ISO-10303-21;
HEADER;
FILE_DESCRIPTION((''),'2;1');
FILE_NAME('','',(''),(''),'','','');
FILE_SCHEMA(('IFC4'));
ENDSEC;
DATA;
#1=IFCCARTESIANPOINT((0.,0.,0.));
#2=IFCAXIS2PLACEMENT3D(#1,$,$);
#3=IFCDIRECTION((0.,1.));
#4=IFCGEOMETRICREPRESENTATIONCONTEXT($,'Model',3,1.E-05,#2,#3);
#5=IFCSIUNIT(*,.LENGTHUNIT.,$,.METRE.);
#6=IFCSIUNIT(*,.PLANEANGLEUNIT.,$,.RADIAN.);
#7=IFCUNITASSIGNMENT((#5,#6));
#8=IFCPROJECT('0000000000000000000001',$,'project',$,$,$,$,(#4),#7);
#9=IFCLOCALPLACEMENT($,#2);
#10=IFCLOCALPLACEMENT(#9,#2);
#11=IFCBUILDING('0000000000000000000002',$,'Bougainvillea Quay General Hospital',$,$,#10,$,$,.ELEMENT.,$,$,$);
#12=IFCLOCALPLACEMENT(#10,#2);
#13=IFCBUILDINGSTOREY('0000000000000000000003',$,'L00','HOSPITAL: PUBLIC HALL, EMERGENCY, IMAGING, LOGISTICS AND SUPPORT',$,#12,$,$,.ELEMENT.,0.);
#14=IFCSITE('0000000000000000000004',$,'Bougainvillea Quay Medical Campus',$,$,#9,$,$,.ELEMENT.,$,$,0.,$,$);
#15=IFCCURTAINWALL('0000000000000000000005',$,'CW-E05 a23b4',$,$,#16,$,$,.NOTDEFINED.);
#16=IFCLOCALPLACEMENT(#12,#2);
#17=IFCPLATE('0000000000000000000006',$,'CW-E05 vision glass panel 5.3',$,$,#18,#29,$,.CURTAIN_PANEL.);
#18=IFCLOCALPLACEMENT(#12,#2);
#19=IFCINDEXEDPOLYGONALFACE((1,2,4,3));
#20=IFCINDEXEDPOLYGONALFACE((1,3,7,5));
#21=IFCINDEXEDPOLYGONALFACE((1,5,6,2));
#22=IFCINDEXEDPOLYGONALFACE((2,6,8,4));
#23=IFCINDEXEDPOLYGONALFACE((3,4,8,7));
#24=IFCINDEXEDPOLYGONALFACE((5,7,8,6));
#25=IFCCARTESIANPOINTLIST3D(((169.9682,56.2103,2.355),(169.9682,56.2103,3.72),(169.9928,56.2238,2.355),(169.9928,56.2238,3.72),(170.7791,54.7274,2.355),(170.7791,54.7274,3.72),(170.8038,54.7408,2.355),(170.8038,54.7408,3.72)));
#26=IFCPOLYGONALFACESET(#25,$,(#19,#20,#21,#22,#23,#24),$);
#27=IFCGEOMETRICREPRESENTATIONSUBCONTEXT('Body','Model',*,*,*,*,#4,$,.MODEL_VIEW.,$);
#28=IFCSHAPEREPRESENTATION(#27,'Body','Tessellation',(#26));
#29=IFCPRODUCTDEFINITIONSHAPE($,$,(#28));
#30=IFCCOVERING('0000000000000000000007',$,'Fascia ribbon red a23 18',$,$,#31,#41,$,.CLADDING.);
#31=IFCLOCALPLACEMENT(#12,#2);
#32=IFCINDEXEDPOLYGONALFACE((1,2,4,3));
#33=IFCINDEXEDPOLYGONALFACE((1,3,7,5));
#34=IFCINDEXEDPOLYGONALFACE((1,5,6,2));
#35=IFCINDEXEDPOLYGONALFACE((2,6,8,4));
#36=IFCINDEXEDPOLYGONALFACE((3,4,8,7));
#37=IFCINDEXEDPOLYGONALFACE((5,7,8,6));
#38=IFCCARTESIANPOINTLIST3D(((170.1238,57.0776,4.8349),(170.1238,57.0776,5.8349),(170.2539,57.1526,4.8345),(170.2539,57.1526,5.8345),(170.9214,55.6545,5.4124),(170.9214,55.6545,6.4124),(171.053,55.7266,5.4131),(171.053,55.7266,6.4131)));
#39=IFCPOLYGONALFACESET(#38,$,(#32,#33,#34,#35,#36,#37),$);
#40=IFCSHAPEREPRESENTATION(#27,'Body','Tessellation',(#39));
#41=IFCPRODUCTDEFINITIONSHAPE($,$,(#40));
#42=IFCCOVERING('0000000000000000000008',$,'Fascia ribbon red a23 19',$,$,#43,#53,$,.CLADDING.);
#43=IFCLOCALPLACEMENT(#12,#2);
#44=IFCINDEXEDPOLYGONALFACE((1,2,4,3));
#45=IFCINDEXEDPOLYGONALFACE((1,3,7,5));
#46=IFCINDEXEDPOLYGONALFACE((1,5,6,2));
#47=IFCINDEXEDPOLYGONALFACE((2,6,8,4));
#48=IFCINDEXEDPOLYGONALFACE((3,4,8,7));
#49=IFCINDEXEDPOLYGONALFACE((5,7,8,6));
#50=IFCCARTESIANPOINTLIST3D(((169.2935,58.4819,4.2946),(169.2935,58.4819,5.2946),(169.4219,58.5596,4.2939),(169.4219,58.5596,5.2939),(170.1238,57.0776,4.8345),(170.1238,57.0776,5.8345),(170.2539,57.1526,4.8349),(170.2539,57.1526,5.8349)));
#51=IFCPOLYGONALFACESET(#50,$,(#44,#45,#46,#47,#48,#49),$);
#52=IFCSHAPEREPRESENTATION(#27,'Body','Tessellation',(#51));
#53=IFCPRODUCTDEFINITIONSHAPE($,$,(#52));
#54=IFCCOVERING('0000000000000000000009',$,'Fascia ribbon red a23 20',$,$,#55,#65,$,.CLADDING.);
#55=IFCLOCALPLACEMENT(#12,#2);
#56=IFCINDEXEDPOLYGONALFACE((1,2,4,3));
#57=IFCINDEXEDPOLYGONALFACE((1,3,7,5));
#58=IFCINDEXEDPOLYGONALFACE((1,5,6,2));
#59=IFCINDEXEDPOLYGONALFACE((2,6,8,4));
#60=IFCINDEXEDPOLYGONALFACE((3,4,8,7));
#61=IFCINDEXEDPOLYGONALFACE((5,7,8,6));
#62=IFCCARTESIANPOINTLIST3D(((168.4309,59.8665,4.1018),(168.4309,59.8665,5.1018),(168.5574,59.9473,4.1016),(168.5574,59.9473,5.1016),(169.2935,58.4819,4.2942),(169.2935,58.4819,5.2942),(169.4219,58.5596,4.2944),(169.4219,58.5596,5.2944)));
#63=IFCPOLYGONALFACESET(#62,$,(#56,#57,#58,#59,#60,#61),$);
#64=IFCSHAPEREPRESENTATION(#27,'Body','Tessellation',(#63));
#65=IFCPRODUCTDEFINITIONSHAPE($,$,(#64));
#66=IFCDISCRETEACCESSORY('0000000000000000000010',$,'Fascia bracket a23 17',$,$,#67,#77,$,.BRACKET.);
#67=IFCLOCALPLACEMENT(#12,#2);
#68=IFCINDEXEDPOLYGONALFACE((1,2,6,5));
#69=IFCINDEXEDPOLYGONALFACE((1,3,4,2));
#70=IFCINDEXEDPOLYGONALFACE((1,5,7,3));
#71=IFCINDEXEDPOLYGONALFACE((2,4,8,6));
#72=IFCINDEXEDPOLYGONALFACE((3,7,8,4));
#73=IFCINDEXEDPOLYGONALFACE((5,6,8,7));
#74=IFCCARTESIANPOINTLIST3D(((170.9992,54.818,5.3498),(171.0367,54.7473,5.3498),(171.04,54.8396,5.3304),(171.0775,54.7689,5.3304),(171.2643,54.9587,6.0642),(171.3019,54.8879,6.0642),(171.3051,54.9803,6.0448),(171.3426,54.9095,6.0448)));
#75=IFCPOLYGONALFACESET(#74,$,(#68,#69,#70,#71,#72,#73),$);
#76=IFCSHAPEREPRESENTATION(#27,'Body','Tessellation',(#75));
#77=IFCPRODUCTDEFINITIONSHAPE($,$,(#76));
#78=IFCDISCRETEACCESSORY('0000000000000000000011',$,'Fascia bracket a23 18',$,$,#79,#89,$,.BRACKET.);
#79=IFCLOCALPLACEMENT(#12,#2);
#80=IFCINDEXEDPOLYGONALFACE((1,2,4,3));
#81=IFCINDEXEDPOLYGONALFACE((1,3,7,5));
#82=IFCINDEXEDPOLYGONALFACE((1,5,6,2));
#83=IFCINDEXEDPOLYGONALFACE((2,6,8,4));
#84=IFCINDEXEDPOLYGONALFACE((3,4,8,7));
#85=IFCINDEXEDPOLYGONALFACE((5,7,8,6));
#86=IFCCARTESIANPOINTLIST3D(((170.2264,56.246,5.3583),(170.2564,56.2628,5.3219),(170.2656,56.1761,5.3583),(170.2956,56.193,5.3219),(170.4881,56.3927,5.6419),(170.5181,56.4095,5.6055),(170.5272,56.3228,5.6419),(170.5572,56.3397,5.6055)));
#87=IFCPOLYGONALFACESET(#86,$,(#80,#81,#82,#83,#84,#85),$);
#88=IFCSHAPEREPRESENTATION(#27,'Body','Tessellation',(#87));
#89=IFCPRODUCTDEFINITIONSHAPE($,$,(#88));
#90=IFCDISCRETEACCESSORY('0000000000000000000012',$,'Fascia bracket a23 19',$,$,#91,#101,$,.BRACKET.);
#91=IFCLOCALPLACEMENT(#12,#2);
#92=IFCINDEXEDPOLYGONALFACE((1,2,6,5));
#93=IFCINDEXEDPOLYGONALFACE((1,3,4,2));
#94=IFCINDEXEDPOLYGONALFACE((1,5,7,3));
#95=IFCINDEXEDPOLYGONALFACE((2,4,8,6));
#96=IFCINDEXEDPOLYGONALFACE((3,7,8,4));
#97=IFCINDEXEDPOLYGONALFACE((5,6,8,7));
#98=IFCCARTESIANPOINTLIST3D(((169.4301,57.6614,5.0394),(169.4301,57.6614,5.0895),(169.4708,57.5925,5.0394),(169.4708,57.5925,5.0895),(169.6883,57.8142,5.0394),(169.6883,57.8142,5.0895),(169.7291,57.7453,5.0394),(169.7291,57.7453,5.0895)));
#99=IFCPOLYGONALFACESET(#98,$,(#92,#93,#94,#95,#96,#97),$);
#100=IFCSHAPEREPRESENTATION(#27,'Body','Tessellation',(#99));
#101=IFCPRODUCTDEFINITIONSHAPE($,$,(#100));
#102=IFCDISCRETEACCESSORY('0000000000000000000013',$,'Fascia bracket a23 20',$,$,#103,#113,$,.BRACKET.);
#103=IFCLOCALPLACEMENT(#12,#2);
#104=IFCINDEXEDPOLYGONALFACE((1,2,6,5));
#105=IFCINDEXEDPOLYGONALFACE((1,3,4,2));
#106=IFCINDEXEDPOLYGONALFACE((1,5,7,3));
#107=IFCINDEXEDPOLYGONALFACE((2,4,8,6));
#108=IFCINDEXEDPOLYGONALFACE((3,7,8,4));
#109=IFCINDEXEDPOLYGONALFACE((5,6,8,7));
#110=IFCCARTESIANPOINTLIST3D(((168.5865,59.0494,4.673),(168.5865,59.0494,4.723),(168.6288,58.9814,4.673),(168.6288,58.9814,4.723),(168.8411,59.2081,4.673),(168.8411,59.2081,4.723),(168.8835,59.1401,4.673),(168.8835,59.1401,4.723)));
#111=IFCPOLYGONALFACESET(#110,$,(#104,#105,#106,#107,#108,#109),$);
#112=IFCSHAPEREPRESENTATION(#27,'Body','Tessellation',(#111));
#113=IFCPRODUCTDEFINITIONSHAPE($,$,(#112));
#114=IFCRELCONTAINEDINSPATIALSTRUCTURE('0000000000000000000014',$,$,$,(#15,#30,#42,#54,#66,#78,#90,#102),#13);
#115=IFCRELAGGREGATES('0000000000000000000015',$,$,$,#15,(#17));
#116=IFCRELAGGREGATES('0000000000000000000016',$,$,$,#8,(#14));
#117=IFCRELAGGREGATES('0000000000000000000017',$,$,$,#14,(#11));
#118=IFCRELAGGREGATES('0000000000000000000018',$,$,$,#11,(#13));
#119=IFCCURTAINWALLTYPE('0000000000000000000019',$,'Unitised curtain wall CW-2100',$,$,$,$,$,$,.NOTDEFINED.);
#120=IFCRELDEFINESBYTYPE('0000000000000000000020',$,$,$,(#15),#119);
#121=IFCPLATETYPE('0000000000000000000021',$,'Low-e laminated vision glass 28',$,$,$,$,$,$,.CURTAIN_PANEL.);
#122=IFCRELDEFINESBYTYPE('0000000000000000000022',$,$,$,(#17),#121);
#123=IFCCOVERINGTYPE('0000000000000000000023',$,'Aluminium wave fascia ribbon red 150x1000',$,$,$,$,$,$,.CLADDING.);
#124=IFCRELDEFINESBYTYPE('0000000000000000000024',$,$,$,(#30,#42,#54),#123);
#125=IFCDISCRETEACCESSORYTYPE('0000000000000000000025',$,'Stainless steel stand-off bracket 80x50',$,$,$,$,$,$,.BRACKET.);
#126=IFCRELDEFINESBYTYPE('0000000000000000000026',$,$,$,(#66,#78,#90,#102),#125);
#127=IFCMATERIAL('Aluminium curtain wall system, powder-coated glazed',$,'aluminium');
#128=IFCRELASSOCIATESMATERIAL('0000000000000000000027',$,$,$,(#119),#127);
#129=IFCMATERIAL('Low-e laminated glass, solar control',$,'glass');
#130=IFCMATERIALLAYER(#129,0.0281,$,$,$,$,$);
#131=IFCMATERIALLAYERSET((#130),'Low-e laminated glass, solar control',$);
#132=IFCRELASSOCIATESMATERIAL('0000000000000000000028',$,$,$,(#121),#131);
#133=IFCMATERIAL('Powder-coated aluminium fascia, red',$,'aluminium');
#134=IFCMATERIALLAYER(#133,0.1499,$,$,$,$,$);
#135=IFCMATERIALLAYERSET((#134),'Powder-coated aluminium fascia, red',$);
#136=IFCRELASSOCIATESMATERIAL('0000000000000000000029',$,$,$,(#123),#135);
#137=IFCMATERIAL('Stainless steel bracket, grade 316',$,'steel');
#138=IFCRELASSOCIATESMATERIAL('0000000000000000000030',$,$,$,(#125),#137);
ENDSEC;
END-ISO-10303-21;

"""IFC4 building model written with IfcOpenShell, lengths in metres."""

from ifc_helpers import new_model, si_unit, direction, frame, origin, origin_2d, place, context, subcontext, project, spatial, polyline, rectangle, outline, extrude, material, layer, layer_set, material_profile, profile_set, type_object, element, aggregate, save


model = new_model("IFC4")

# Units and contexts
model_context = context("Model", 3, precision=1e-05, world=origin(), true_north=direction((0.0, 1.0)))
body_context = subcontext(model_context, "Body", "Model", "MODEL_VIEW")
ifc_project = project(units=[si_unit("LENGTHUNIT", "METRE"), si_unit("PLANEANGLEUNIT", "RADIAN")], contexts=[model_context])

# Site, building, storey
site_placement = place(None, origin())
site = spatial("IfcSite", under=ifc_project, at=site_placement, Name="Bougainvillea Quay Medical Campus", CompositionType="ELEMENT", RefElevation=0.0)
building_placement = place(site_placement, origin())
building = spatial("IfcBuilding", under=site, at=building_placement, Name="Bougainvillea Quay General Hospital", CompositionType="ELEMENT")
storey_placement = place(building_placement, origin())
storey = spatial("IfcBuildingStorey", under=building, at=storey_placement, Name="L00", Description="HOSPITAL: PUBLIC HALL, EMERGENCY, IMAGING, LOGISTICS AND SUPPORT", CompositionType="ELEMENT", Elevation=0.0)

# Curtain wall
ifc_material_1 = material(Name="Aluminium curtain wall system, powder-coated glazed", Category="aluminium")
curtain_wall_type = type_object("IfcCurtainWallType", Name="Unitised curtain wall CW-2100", PredefinedType="NOTDEFINED", material=ifc_material_1)
curtain_wall_1_placement = place(storey_placement, origin())
curtain_wall_1 = element("IfcCurtainWall", 1, at=curtain_wall_1_placement, inside=storey, type_object=curtain_wall_type, Name="CW-E05 a23b4", PredefinedType="NOTDEFINED")

# Plate
ifc_material_2 = material(Name="Low-e laminated glass, solar control", Category="glass")
ifc_layer_1 = layer(ifc_material_2, 0.0281)
ifc_layer_set_1 = layer_set([ifc_layer_1], Name="Low-e laminated glass, solar control")
plate_type_1 = type_object("IfcPlateType", Name="Low-e laminated vision glass 28", PredefinedType="CURTAIN_PANEL", material=ifc_layer_set_1)
plate_1_placement = place(storey_placement, frame((170.386, 55.4756, 2.355), z_axis=(0.0, 0.0, 1.0), x_axis=(0.479783, -0.877387, 0.0)))
plate_1 = element("IfcPlate", 2, at=plate_1_placement, type_object=plate_type_1, Name="CW-E05 vision glass panel 5.3", PredefinedType="CURTAIN_PANEL", context=body_context, shape_type="SweptSolid", body=[
    extrude(rectangle(XDim=1.6902, YDim=0.0281, at=origin_2d()), origin(), (0.0, 0.0, 1.0), 1.365),
])
aggregate(curtain_wall_1, [plate_1])

# Coverings
ifc_material_3 = material(Name="Powder-coated aluminium fascia, red", Category="aluminium")
ifc_layer_2 = layer(ifc_material_3, 0.1499)
ifc_layer_set_2 = layer_set([ifc_layer_2], Name="Powder-coated aluminium fascia, red")
covering_type = type_object("IfcCoveringType", Name="Aluminium wave fascia ribbon red 150x1000", PredefinedType="CLADDING", material=ifc_layer_set_2)
covering_1_placement = place(storey_placement, frame((170.9214, 55.6545, 5.4124), z_axis=(-0.164046, 0.290556, 0.942691), x_axis=(-0.460899, 0.822338, -0.333665)))
element("IfcCovering", 3, at=covering_1_placement, inside=storey, type_object=covering_type, Name="Fascia ribbon red a23 18", PredefinedType="CLADDING", context=body_context, shape_type="SweptSolid", body=[
    extrude(outline(polyline([(0.0, 0.0), (1.7305, 0.0), (1.7324, -0.1502), (-0.0017, -0.15), (0.0, 0.0)])), origin(), (-0.333665, -0.000984, 0.942691), 1.0),
])
covering_2_placement = place(storey_placement, frame((170.1238, 57.0776, 4.8345), z_axis=(-0.159018, 0.270959, 0.949365), x_axis=(-0.48319, 0.817204, -0.314172)))
element("IfcCovering", 4, at=covering_2_placement, inside=storey, type_object=covering_type, Name="Fascia ribbon red a23 19", PredefinedType="CLADDING", context=body_context, shape_type="SweptSolid", body=[
    extrude(outline(polyline([(0.0, 0.0), (1.7184, 0.0), (1.72, -0.1501), (-0.0018, -0.1502), (0.0, 0.0)])), origin(), (-0.314172, 0.000975, 0.949365), 1.0),
])
covering_3_placement = place(storey_placement, frame((169.2935, 58.4819, 4.2942), z_axis=(-0.061844, 0.099485, 0.993115), x_axis=(-0.525134, 0.842919, -0.117141)))
element("IfcCovering", 5, at=covering_3_placement, inside=storey, type_object=covering_type, Name="Fascia ribbon red a23 20", PredefinedType="CLADDING", context=body_context, shape_type="SweptSolid", body=[
    extrude(outline(polyline([(0.0, 0.0), (1.6425, 0.0), (1.6443, -0.1501), (-0.002, -0.15), (0.0, 0.0)])), origin(), (-0.117141, 0.000113, 0.993115), 1.0),
])

# Discrete accessories
ifc_material_4 = material(Name="Stainless steel bracket, grade 316", Category="steel")
ifc_material_profile_1 = material_profile(ifc_material_4, rectangle(XDim=0.0801, YDim=0.05, at=origin_2d()))
ifc_profile_set_1 = profile_set([ifc_material_profile_1], Name="Stainless steel bracket, grade 316")
discrete_accessory_type = type_object("IfcDiscreteAccessoryType", Name="Stainless steel stand-off bracket 80x50", PredefinedType="BRACKET", material=ifc_profile_set_1)
discrete_accessory_1_placement = place(storey_placement, frame((171.0383, 54.7935, 5.3401), z_axis=(0.342183, 0.181489, 0.92194), x_axis=(-0.46856, 0.883431, 0.0)))
element("IfcDiscreteAccessory", 6, at=discrete_accessory_1_placement, inside=storey, type_object=discrete_accessory_type, Name="Fascia bracket a23 17", PredefinedType="BRACKET", context=body_context, shape_type="SweptSolid", body=[
    extrude(rectangle(XDim=0.0801, YDim=0.05, at=origin_2d()), origin(), (0.0, 0.0, 1.0), 0.7749),
])
discrete_accessory_2_placement = place(storey_placement, frame((170.261, 56.2195, 5.3401), z_axis=(0.633817, 0.35534, 0.687029), x_axis=(-0.489025, 0.87227, 0.0)))
element("IfcDiscreteAccessory", 7, at=discrete_accessory_2_placement, inside=storey, type_object=discrete_accessory_type, Name="Fascia bracket a23 18", PredefinedType="BRACKET", context=body_context, shape_type="SweptSolid", body=[
    extrude(rectangle(XDim=0.0801, YDim=0.05, at=origin_2d()), origin(), (0.0, 0.0, 1.0), 0.4128),
])
for number, where, z_axis, x_axis, name in (
    (8, (169.4504, 57.627, 5.0645), (0.860635, 0.509223, 0.0), (-0.509223, 0.860635, 0.0), "Fascia bracket a23 19"),
    (9, (168.6077, 59.0154, 4.698), (0.848683, 0.528901, 0.0), (-0.528901, 0.848683, 0.0), "Fascia bracket a23 20"),
):
    element("IfcDiscreteAccessory", number, at=place(storey_placement, frame(where, z_axis=z_axis, x_axis=x_axis)), inside=storey, type_object=discrete_accessory_type, Name=name, PredefinedType="BRACKET", context=body_context, shape_type="SweptSolid", body=[
        extrude(rectangle(XDim=0.0801, YDim=0.05, at=origin_2d()), origin(), (0.0, 0.0, 1.0), 0.3),
    ])

save(model, "model.ifc")
